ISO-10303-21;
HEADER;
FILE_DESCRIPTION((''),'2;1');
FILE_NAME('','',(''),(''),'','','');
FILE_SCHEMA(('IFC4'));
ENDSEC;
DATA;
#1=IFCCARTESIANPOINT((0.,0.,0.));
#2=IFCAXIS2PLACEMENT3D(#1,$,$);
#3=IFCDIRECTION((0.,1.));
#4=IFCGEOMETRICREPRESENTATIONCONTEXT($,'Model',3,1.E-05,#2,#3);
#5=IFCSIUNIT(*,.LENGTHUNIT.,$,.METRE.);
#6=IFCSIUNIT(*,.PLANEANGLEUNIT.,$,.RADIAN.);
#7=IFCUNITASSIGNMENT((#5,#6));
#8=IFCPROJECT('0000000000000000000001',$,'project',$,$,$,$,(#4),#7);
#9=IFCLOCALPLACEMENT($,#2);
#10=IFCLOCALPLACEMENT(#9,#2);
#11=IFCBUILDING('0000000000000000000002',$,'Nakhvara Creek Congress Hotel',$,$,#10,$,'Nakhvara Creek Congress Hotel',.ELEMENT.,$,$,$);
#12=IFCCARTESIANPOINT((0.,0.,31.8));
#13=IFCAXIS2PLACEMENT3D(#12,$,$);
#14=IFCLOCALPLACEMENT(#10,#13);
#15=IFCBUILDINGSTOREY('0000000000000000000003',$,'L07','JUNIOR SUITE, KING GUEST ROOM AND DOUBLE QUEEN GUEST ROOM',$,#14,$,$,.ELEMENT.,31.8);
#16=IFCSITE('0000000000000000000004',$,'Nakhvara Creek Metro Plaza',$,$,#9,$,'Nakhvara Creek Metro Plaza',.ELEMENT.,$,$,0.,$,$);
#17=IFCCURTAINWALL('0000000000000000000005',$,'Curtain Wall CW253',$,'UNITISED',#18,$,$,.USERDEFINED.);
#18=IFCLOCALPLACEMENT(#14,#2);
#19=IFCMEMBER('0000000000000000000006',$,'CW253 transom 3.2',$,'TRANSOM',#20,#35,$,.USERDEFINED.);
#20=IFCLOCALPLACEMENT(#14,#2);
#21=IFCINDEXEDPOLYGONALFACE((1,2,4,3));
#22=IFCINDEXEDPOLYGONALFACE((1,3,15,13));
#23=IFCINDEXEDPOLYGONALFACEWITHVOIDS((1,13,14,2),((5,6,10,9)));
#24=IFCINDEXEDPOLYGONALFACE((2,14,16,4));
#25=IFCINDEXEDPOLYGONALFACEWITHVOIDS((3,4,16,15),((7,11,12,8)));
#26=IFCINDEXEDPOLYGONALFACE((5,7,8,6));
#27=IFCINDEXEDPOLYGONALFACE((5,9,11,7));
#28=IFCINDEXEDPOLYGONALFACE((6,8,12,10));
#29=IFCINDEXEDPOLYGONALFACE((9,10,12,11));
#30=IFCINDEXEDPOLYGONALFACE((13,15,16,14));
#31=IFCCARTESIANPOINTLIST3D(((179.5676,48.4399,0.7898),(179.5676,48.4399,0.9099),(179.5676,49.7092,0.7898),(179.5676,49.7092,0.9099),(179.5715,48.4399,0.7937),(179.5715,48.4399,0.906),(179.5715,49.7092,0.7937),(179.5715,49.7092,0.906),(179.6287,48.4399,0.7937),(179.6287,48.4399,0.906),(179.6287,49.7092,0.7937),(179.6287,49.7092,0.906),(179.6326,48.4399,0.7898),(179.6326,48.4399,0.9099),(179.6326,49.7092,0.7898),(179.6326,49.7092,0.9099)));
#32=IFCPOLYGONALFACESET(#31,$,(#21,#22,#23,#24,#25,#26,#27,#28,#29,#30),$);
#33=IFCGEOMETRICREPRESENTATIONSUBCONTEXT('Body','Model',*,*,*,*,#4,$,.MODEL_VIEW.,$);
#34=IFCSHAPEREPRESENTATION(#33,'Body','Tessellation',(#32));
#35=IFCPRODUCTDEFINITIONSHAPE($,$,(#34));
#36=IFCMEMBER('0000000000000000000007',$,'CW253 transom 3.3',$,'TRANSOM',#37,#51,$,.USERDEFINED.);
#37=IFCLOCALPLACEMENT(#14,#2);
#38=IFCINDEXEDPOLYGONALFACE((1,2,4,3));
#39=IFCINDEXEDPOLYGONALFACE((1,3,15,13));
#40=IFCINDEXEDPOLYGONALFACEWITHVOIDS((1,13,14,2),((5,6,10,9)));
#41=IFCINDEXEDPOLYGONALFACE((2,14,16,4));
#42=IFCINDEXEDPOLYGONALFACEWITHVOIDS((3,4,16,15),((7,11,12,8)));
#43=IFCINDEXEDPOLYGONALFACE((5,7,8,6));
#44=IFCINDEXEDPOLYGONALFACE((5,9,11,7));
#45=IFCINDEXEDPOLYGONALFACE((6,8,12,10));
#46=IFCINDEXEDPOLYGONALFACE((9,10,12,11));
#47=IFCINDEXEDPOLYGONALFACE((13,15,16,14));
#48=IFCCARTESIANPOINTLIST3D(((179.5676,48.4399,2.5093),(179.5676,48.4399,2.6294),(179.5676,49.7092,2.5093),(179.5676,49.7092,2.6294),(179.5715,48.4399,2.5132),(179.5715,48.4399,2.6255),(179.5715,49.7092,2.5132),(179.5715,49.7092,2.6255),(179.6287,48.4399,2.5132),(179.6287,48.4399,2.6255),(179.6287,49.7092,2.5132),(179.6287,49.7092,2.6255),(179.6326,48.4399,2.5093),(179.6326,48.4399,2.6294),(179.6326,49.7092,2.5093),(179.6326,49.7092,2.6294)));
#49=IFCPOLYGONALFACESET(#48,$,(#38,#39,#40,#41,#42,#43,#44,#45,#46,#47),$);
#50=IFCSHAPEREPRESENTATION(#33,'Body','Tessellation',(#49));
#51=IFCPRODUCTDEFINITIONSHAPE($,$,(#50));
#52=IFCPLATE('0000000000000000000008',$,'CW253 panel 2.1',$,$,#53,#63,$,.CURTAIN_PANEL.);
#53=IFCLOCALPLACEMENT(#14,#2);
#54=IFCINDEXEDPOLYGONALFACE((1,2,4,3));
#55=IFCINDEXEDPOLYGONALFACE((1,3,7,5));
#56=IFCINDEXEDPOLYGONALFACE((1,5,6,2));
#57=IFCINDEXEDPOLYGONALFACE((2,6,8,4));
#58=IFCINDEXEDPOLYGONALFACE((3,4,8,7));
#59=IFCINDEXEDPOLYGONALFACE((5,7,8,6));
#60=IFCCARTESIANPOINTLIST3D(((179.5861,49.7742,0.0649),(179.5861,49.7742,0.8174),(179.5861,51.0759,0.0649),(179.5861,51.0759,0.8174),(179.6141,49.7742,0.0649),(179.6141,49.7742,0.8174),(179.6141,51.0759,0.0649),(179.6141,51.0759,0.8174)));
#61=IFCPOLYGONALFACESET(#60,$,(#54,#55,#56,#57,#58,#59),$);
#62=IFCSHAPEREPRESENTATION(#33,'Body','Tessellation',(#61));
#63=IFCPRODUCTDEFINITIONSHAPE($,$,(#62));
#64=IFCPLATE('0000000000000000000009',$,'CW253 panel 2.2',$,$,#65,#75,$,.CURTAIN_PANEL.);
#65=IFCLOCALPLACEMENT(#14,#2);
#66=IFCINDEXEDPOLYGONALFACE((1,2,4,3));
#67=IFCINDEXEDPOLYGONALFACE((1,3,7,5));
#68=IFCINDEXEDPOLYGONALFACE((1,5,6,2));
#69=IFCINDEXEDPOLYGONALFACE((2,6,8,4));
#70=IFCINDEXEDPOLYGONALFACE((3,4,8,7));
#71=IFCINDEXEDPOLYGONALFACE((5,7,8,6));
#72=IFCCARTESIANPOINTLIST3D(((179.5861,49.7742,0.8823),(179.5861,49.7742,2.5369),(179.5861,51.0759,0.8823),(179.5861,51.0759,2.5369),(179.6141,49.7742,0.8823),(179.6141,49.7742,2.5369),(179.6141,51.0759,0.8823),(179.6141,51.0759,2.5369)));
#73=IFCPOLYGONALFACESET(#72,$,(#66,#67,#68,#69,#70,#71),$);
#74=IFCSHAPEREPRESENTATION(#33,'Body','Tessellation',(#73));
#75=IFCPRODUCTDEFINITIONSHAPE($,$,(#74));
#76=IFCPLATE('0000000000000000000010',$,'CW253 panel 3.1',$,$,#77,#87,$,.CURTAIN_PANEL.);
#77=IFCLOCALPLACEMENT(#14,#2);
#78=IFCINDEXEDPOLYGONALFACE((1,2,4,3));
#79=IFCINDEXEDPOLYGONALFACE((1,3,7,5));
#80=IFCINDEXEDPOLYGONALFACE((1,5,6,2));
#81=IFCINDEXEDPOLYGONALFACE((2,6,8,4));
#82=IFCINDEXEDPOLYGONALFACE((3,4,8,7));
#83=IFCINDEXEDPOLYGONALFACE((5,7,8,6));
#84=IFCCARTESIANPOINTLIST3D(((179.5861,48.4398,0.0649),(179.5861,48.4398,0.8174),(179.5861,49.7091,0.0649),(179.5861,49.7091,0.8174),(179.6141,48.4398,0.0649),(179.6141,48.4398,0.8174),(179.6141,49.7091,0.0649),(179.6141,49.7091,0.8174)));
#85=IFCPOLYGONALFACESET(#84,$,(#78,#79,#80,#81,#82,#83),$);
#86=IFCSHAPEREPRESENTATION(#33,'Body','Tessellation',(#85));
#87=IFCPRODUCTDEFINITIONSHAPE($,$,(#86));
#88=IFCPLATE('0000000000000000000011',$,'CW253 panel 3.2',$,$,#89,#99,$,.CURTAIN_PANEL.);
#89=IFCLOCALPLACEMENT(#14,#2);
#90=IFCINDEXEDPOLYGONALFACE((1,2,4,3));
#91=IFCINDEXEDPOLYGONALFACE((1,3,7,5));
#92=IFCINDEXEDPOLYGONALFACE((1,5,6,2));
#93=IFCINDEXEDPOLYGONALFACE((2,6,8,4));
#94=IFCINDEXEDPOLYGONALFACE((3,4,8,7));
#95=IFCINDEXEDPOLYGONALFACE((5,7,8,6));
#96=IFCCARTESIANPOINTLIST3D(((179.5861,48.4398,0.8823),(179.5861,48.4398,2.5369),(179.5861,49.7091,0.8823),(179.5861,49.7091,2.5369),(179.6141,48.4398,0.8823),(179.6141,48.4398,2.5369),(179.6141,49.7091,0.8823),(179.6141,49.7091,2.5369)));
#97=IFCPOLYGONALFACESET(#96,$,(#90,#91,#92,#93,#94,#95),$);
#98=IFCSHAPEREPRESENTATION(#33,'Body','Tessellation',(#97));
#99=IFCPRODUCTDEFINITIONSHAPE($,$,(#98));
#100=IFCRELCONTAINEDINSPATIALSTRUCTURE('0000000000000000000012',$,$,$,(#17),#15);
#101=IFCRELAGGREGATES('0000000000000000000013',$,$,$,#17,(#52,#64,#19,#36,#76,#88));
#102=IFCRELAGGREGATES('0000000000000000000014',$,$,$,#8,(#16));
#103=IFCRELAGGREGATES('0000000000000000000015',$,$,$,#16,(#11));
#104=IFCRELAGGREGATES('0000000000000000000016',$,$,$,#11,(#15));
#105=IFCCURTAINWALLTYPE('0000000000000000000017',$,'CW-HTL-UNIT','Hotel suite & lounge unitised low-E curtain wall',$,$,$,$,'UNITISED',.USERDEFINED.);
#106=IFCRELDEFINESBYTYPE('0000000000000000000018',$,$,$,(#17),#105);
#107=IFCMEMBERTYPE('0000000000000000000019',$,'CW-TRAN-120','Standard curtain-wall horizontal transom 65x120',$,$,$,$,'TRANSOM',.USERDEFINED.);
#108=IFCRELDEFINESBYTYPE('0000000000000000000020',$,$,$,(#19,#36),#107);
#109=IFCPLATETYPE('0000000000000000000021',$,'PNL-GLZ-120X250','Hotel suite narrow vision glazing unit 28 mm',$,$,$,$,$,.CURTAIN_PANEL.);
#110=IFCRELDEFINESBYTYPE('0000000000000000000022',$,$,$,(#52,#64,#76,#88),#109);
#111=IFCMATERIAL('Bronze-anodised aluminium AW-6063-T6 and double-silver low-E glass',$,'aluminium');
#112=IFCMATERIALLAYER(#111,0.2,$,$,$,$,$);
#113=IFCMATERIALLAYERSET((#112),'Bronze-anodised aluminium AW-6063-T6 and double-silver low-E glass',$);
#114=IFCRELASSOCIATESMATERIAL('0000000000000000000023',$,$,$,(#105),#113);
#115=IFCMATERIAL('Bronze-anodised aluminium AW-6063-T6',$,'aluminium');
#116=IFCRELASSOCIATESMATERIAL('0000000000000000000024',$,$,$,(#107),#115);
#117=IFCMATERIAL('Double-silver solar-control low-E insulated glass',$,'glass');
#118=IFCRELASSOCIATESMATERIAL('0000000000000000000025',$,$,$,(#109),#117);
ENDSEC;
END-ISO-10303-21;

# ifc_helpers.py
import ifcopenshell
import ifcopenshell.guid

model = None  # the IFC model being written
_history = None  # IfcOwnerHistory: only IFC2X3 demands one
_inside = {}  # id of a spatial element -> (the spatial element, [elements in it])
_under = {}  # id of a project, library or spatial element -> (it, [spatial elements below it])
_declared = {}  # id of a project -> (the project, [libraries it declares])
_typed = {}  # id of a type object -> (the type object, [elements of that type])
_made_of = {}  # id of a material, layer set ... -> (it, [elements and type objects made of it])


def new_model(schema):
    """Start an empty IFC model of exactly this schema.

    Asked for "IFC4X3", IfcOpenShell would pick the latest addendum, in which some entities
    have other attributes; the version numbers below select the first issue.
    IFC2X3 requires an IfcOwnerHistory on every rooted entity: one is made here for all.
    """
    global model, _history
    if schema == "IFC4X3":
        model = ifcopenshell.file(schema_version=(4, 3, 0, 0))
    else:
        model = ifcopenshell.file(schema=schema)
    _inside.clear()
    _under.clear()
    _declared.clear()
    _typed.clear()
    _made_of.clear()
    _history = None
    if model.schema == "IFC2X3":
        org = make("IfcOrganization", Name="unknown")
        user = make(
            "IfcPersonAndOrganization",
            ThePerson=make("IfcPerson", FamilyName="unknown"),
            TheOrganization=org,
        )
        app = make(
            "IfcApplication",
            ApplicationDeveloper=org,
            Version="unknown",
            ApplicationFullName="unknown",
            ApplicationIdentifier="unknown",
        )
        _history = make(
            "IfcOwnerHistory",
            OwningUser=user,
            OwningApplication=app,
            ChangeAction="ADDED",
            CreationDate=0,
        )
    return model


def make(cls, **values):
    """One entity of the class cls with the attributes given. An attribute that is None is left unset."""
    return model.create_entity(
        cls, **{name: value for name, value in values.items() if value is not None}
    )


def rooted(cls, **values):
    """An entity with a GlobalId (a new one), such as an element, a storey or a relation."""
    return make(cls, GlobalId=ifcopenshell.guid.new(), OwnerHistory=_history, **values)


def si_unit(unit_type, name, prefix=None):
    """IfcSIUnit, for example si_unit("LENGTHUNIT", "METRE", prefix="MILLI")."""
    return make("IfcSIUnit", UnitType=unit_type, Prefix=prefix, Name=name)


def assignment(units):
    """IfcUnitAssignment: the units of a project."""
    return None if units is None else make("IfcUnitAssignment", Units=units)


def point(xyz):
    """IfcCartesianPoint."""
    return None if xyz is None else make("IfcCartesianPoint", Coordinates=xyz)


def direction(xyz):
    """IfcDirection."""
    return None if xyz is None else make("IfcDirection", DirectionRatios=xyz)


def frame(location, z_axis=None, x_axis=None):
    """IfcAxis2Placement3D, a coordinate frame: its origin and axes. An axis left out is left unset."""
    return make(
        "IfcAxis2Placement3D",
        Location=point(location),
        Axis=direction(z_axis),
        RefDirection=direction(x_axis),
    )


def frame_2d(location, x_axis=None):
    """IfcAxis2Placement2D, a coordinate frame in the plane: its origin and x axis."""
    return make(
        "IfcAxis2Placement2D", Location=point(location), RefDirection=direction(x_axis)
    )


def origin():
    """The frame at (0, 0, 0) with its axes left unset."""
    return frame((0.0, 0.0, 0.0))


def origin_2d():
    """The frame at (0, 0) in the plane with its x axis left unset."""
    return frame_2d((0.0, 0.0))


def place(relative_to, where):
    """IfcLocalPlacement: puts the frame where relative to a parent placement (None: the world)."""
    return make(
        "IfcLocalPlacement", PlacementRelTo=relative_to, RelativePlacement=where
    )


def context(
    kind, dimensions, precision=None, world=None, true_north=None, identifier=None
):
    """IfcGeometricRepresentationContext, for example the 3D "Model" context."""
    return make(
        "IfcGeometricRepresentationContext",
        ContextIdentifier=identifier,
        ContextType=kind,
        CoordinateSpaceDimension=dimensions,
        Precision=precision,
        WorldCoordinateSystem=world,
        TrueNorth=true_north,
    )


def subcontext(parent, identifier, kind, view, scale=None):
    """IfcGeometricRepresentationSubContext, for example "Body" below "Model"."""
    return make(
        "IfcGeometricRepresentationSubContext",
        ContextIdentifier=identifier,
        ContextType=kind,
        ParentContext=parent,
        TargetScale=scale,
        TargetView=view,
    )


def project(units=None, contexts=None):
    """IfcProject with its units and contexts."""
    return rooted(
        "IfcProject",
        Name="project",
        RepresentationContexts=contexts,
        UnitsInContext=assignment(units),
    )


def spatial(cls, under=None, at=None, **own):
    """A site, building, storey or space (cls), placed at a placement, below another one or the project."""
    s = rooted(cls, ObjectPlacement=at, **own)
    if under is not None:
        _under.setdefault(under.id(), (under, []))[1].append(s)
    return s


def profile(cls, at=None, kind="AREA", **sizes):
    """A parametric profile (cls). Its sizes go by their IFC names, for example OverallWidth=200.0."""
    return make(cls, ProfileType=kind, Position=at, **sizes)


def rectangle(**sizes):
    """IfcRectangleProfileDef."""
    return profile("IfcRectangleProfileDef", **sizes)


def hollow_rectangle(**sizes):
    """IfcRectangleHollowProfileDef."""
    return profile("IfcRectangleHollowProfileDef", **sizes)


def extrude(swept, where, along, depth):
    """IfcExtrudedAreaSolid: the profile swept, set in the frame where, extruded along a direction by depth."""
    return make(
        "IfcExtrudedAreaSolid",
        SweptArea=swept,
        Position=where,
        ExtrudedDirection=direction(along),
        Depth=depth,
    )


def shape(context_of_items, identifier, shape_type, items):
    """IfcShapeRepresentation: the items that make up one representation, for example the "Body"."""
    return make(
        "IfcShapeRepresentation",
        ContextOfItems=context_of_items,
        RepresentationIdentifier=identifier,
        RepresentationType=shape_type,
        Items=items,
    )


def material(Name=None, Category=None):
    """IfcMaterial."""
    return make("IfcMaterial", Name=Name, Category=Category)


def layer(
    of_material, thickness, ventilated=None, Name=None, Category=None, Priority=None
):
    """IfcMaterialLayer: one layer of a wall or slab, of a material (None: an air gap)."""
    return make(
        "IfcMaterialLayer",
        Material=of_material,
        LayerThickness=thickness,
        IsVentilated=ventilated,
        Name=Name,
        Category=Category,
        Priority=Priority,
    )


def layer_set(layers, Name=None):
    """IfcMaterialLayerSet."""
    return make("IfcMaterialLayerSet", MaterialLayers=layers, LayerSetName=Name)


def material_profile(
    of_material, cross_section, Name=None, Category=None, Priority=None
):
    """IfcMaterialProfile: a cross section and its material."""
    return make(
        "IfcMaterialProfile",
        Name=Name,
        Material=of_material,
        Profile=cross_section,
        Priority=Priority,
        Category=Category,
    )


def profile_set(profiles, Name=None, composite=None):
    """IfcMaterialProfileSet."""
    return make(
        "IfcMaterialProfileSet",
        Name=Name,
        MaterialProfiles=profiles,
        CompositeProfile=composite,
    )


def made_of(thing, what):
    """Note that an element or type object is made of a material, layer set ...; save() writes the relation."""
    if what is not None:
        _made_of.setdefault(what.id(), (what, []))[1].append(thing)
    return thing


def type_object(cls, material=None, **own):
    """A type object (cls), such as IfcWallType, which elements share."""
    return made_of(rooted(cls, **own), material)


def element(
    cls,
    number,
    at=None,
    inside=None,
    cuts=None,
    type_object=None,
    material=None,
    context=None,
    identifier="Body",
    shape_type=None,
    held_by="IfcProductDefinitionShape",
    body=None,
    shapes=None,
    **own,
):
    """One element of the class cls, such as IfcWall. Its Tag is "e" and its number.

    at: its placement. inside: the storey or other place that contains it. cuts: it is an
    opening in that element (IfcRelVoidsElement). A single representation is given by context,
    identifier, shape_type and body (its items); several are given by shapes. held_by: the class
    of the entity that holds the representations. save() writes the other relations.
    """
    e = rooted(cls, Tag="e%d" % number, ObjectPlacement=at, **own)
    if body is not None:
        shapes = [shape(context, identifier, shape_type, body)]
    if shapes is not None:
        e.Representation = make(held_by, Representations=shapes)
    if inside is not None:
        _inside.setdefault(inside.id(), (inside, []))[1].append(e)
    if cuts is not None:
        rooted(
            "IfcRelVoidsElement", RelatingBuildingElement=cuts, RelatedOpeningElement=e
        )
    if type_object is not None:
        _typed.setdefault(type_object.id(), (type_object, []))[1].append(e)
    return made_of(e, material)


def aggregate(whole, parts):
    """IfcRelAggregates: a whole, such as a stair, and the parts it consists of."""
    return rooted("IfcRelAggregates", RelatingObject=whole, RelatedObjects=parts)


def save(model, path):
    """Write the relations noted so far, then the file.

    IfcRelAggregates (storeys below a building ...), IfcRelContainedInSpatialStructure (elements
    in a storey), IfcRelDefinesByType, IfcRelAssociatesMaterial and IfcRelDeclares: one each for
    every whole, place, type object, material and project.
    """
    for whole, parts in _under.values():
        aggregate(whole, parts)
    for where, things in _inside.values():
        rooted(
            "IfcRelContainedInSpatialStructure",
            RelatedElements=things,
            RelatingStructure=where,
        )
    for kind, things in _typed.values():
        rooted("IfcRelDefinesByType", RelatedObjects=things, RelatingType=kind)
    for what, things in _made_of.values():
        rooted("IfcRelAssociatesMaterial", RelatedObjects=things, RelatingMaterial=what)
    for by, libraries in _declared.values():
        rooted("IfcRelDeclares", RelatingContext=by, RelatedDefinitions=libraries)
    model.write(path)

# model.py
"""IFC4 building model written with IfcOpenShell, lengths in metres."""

from ifc_helpers import new_model, si_unit, direction, frame, origin, origin_2d, place, context, subcontext, project, spatial, rectangle, hollow_rectangle, extrude, material, layer, layer_set, material_profile, profile_set, type_object, element, aggregate, save


model = new_model("IFC4")

# Units and contexts
model_context = context("Model", 3, precision=1e-05, world=origin(), true_north=direction((0.0, 1.0)))
body_context = subcontext(model_context, "Body", "Model", "MODEL_VIEW")
ifc_project = project(units=[si_unit("LENGTHUNIT", "METRE"), si_unit("PLANEANGLEUNIT", "RADIAN")], contexts=[model_context])

# Site, building, storey
site_placement = place(None, origin())
site = spatial("IfcSite", under=ifc_project, at=site_placement, Name="Nakhvara Creek Metro Plaza", LongName="Nakhvara Creek Metro Plaza", CompositionType="ELEMENT", RefElevation=0.0)
building_placement = place(site_placement, origin())
building = spatial("IfcBuilding", under=site, at=building_placement, Name="Nakhvara Creek Congress Hotel", LongName="Nakhvara Creek Congress Hotel", CompositionType="ELEMENT")
storey_placement = place(building_placement, frame((0.0, 0.0, 31.8)))
storey = spatial("IfcBuildingStorey", under=building, at=storey_placement, Name="L07", Description="JUNIOR SUITE, KING GUEST ROOM AND DOUBLE QUEEN GUEST ROOM", CompositionType="ELEMENT", Elevation=31.8)

# Curtain wall, members, plates
ifc_material_1 = material(Name="Bronze-anodised aluminium AW-6063-T6 and double-silver low-E glass", Category="aluminium")
ifc_layer_1 = layer(ifc_material_1, 0.2)
ifc_layer_set_1 = layer_set([ifc_layer_1], Name="Bronze-anodised aluminium AW-6063-T6 and double-silver low-E glass")
curtain_wall_type = type_object("IfcCurtainWallType", Name="CW-HTL-UNIT", Description="Hotel suite & lounge unitised low-E curtain wall", ElementType="UNITISED", PredefinedType="USERDEFINED", material=ifc_layer_set_1)
curtain_wall_placement = place(storey_placement, origin())
curtain_wall = element("IfcCurtainWall", 1, at=curtain_wall_placement, inside=storey, type_object=curtain_wall_type, Name="Curtain Wall CW253", ObjectType="UNITISED", PredefinedType="USERDEFINED")
ifc_material_2 = material(Name="Bronze-anodised aluminium AW-6063-T6", Category="aluminium")
ifc_material_profile_1 = material_profile(ifc_material_2, hollow_rectangle(XDim=0.0649, YDim=0.1201, WallThickness=0.0039, at=origin_2d()), Name="ALU-TRAN 65x120x4", Category="LoadBearing")
ifc_profile_set_1 = profile_set([ifc_material_profile_1], Name="Bronze-anodised aluminium AW-6063-T6")
member_type_1 = type_object("IfcMemberType", Name="CW-TRAN-120", Description="Standard curtain-wall horizontal transom 65x120", ElementType="TRANSOM", PredefinedType="USERDEFINED", material=ifc_profile_set_1)
member_1_placement = place(storey_placement, frame((179.6001, 49.7092, 0.8499), z_axis=(0.0, -1.0, 0.0), x_axis=(1.0, 0.0, 0.0)))
member_1 = element("IfcMember", 2, at=member_1_placement, type_object=member_type_1, Name="CW253 transom 3.2", ObjectType="TRANSOM", PredefinedType="USERDEFINED", context=body_context, shape_type="SweptSolid", body=[
    extrude(hollow_rectangle(XDim=0.0649, YDim=0.1201, WallThickness=0.0039, at=origin_2d()), origin(), (0.0, 0.0, 1.0), 1.2693),
])
member_2_placement = place(storey_placement, frame((179.6001, 49.7092, 2.5693), z_axis=(0.0, -1.0, 0.0), x_axis=(1.0, 0.0, 0.0)))
member_2 = element("IfcMember", 3, at=member_2_placement, type_object=member_type_1, Name="CW253 transom 3.3", ObjectType="TRANSOM", PredefinedType="USERDEFINED", context=body_context, shape_type="SweptSolid", body=[
    extrude(hollow_rectangle(XDim=0.0649, YDim=0.1201, WallThickness=0.0039, at=origin_2d()), origin(), (0.0, 0.0, 1.0), 1.2693),
])
ifc_material_3 = material(Name="Double-silver solar-control low-E insulated glass", Category="glass")
plate_type = type_object("IfcPlateType", Name="PNL-GLZ-120X250", Description="Hotel suite narrow vision glazing unit 28 mm", PredefinedType="CURTAIN_PANEL", material=ifc_material_3)
plate_1_placement = place(storey_placement, frame((179.6001, 50.425, 0.0649), z_axis=(0.0, 0.0, 1.0), x_axis=(0.0, -1.0, 0.0)))
plate_1 = element("IfcPlate", 4, at=plate_1_placement, type_object=plate_type, Name="CW253 panel 2.1", PredefinedType="CURTAIN_PANEL", context=body_context, shape_type="SweptSolid", body=[
    extrude(rectangle(XDim=1.3018, YDim=0.0281, at=origin_2d()), origin(), (0.0, 0.0, 1.0), 0.7524),
])
plate_2_placement = place(storey_placement, frame((179.6001, 50.425, 0.8823), z_axis=(0.0, 0.0, 1.0), x_axis=(0.0, -1.0, 0.0)))
plate_2 = element("IfcPlate", 5, at=plate_2_placement, type_object=plate_type, Name="CW253 panel 2.2", PredefinedType="CURTAIN_PANEL", context=body_context, shape_type="SweptSolid", body=[
    extrude(rectangle(XDim=1.3018, YDim=0.0281, at=origin_2d()), origin(), (0.0, 0.0, 1.0), 1.6545),
])
plate_3_placement = place(storey_placement, frame((179.6001, 49.0745, 0.0649), z_axis=(0.0, 0.0, 1.0), x_axis=(0.0, -1.0, 0.0)))
plate_3 = element("IfcPlate", 6, at=plate_3_placement, type_object=plate_type, Name="CW253 panel 3.1", PredefinedType="CURTAIN_PANEL", context=body_context, shape_type="SweptSolid", body=[
    extrude(rectangle(XDim=1.2693, YDim=0.0281, at=origin_2d()), origin(), (0.0, 0.0, 1.0), 0.7524),
])
plate_4_placement = place(storey_placement, frame((179.6001, 49.0745, 0.8823), z_axis=(0.0, 0.0, 1.0), x_axis=(0.0, -1.0, 0.0)))
plate_4 = element("IfcPlate", 7, at=plate_4_placement, type_object=plate_type, Name="CW253 panel 3.2", PredefinedType="CURTAIN_PANEL", context=body_context, shape_type="SweptSolid", body=[
    extrude(rectangle(XDim=1.2693, YDim=0.0281, at=origin_2d()), origin(), (0.0, 0.0, 1.0), 1.6545),
])
aggregate(curtain_wall, [plate_1, plate_2, member_1, member_2, plate_3, plate_4])

save(model, "model.ifc")
